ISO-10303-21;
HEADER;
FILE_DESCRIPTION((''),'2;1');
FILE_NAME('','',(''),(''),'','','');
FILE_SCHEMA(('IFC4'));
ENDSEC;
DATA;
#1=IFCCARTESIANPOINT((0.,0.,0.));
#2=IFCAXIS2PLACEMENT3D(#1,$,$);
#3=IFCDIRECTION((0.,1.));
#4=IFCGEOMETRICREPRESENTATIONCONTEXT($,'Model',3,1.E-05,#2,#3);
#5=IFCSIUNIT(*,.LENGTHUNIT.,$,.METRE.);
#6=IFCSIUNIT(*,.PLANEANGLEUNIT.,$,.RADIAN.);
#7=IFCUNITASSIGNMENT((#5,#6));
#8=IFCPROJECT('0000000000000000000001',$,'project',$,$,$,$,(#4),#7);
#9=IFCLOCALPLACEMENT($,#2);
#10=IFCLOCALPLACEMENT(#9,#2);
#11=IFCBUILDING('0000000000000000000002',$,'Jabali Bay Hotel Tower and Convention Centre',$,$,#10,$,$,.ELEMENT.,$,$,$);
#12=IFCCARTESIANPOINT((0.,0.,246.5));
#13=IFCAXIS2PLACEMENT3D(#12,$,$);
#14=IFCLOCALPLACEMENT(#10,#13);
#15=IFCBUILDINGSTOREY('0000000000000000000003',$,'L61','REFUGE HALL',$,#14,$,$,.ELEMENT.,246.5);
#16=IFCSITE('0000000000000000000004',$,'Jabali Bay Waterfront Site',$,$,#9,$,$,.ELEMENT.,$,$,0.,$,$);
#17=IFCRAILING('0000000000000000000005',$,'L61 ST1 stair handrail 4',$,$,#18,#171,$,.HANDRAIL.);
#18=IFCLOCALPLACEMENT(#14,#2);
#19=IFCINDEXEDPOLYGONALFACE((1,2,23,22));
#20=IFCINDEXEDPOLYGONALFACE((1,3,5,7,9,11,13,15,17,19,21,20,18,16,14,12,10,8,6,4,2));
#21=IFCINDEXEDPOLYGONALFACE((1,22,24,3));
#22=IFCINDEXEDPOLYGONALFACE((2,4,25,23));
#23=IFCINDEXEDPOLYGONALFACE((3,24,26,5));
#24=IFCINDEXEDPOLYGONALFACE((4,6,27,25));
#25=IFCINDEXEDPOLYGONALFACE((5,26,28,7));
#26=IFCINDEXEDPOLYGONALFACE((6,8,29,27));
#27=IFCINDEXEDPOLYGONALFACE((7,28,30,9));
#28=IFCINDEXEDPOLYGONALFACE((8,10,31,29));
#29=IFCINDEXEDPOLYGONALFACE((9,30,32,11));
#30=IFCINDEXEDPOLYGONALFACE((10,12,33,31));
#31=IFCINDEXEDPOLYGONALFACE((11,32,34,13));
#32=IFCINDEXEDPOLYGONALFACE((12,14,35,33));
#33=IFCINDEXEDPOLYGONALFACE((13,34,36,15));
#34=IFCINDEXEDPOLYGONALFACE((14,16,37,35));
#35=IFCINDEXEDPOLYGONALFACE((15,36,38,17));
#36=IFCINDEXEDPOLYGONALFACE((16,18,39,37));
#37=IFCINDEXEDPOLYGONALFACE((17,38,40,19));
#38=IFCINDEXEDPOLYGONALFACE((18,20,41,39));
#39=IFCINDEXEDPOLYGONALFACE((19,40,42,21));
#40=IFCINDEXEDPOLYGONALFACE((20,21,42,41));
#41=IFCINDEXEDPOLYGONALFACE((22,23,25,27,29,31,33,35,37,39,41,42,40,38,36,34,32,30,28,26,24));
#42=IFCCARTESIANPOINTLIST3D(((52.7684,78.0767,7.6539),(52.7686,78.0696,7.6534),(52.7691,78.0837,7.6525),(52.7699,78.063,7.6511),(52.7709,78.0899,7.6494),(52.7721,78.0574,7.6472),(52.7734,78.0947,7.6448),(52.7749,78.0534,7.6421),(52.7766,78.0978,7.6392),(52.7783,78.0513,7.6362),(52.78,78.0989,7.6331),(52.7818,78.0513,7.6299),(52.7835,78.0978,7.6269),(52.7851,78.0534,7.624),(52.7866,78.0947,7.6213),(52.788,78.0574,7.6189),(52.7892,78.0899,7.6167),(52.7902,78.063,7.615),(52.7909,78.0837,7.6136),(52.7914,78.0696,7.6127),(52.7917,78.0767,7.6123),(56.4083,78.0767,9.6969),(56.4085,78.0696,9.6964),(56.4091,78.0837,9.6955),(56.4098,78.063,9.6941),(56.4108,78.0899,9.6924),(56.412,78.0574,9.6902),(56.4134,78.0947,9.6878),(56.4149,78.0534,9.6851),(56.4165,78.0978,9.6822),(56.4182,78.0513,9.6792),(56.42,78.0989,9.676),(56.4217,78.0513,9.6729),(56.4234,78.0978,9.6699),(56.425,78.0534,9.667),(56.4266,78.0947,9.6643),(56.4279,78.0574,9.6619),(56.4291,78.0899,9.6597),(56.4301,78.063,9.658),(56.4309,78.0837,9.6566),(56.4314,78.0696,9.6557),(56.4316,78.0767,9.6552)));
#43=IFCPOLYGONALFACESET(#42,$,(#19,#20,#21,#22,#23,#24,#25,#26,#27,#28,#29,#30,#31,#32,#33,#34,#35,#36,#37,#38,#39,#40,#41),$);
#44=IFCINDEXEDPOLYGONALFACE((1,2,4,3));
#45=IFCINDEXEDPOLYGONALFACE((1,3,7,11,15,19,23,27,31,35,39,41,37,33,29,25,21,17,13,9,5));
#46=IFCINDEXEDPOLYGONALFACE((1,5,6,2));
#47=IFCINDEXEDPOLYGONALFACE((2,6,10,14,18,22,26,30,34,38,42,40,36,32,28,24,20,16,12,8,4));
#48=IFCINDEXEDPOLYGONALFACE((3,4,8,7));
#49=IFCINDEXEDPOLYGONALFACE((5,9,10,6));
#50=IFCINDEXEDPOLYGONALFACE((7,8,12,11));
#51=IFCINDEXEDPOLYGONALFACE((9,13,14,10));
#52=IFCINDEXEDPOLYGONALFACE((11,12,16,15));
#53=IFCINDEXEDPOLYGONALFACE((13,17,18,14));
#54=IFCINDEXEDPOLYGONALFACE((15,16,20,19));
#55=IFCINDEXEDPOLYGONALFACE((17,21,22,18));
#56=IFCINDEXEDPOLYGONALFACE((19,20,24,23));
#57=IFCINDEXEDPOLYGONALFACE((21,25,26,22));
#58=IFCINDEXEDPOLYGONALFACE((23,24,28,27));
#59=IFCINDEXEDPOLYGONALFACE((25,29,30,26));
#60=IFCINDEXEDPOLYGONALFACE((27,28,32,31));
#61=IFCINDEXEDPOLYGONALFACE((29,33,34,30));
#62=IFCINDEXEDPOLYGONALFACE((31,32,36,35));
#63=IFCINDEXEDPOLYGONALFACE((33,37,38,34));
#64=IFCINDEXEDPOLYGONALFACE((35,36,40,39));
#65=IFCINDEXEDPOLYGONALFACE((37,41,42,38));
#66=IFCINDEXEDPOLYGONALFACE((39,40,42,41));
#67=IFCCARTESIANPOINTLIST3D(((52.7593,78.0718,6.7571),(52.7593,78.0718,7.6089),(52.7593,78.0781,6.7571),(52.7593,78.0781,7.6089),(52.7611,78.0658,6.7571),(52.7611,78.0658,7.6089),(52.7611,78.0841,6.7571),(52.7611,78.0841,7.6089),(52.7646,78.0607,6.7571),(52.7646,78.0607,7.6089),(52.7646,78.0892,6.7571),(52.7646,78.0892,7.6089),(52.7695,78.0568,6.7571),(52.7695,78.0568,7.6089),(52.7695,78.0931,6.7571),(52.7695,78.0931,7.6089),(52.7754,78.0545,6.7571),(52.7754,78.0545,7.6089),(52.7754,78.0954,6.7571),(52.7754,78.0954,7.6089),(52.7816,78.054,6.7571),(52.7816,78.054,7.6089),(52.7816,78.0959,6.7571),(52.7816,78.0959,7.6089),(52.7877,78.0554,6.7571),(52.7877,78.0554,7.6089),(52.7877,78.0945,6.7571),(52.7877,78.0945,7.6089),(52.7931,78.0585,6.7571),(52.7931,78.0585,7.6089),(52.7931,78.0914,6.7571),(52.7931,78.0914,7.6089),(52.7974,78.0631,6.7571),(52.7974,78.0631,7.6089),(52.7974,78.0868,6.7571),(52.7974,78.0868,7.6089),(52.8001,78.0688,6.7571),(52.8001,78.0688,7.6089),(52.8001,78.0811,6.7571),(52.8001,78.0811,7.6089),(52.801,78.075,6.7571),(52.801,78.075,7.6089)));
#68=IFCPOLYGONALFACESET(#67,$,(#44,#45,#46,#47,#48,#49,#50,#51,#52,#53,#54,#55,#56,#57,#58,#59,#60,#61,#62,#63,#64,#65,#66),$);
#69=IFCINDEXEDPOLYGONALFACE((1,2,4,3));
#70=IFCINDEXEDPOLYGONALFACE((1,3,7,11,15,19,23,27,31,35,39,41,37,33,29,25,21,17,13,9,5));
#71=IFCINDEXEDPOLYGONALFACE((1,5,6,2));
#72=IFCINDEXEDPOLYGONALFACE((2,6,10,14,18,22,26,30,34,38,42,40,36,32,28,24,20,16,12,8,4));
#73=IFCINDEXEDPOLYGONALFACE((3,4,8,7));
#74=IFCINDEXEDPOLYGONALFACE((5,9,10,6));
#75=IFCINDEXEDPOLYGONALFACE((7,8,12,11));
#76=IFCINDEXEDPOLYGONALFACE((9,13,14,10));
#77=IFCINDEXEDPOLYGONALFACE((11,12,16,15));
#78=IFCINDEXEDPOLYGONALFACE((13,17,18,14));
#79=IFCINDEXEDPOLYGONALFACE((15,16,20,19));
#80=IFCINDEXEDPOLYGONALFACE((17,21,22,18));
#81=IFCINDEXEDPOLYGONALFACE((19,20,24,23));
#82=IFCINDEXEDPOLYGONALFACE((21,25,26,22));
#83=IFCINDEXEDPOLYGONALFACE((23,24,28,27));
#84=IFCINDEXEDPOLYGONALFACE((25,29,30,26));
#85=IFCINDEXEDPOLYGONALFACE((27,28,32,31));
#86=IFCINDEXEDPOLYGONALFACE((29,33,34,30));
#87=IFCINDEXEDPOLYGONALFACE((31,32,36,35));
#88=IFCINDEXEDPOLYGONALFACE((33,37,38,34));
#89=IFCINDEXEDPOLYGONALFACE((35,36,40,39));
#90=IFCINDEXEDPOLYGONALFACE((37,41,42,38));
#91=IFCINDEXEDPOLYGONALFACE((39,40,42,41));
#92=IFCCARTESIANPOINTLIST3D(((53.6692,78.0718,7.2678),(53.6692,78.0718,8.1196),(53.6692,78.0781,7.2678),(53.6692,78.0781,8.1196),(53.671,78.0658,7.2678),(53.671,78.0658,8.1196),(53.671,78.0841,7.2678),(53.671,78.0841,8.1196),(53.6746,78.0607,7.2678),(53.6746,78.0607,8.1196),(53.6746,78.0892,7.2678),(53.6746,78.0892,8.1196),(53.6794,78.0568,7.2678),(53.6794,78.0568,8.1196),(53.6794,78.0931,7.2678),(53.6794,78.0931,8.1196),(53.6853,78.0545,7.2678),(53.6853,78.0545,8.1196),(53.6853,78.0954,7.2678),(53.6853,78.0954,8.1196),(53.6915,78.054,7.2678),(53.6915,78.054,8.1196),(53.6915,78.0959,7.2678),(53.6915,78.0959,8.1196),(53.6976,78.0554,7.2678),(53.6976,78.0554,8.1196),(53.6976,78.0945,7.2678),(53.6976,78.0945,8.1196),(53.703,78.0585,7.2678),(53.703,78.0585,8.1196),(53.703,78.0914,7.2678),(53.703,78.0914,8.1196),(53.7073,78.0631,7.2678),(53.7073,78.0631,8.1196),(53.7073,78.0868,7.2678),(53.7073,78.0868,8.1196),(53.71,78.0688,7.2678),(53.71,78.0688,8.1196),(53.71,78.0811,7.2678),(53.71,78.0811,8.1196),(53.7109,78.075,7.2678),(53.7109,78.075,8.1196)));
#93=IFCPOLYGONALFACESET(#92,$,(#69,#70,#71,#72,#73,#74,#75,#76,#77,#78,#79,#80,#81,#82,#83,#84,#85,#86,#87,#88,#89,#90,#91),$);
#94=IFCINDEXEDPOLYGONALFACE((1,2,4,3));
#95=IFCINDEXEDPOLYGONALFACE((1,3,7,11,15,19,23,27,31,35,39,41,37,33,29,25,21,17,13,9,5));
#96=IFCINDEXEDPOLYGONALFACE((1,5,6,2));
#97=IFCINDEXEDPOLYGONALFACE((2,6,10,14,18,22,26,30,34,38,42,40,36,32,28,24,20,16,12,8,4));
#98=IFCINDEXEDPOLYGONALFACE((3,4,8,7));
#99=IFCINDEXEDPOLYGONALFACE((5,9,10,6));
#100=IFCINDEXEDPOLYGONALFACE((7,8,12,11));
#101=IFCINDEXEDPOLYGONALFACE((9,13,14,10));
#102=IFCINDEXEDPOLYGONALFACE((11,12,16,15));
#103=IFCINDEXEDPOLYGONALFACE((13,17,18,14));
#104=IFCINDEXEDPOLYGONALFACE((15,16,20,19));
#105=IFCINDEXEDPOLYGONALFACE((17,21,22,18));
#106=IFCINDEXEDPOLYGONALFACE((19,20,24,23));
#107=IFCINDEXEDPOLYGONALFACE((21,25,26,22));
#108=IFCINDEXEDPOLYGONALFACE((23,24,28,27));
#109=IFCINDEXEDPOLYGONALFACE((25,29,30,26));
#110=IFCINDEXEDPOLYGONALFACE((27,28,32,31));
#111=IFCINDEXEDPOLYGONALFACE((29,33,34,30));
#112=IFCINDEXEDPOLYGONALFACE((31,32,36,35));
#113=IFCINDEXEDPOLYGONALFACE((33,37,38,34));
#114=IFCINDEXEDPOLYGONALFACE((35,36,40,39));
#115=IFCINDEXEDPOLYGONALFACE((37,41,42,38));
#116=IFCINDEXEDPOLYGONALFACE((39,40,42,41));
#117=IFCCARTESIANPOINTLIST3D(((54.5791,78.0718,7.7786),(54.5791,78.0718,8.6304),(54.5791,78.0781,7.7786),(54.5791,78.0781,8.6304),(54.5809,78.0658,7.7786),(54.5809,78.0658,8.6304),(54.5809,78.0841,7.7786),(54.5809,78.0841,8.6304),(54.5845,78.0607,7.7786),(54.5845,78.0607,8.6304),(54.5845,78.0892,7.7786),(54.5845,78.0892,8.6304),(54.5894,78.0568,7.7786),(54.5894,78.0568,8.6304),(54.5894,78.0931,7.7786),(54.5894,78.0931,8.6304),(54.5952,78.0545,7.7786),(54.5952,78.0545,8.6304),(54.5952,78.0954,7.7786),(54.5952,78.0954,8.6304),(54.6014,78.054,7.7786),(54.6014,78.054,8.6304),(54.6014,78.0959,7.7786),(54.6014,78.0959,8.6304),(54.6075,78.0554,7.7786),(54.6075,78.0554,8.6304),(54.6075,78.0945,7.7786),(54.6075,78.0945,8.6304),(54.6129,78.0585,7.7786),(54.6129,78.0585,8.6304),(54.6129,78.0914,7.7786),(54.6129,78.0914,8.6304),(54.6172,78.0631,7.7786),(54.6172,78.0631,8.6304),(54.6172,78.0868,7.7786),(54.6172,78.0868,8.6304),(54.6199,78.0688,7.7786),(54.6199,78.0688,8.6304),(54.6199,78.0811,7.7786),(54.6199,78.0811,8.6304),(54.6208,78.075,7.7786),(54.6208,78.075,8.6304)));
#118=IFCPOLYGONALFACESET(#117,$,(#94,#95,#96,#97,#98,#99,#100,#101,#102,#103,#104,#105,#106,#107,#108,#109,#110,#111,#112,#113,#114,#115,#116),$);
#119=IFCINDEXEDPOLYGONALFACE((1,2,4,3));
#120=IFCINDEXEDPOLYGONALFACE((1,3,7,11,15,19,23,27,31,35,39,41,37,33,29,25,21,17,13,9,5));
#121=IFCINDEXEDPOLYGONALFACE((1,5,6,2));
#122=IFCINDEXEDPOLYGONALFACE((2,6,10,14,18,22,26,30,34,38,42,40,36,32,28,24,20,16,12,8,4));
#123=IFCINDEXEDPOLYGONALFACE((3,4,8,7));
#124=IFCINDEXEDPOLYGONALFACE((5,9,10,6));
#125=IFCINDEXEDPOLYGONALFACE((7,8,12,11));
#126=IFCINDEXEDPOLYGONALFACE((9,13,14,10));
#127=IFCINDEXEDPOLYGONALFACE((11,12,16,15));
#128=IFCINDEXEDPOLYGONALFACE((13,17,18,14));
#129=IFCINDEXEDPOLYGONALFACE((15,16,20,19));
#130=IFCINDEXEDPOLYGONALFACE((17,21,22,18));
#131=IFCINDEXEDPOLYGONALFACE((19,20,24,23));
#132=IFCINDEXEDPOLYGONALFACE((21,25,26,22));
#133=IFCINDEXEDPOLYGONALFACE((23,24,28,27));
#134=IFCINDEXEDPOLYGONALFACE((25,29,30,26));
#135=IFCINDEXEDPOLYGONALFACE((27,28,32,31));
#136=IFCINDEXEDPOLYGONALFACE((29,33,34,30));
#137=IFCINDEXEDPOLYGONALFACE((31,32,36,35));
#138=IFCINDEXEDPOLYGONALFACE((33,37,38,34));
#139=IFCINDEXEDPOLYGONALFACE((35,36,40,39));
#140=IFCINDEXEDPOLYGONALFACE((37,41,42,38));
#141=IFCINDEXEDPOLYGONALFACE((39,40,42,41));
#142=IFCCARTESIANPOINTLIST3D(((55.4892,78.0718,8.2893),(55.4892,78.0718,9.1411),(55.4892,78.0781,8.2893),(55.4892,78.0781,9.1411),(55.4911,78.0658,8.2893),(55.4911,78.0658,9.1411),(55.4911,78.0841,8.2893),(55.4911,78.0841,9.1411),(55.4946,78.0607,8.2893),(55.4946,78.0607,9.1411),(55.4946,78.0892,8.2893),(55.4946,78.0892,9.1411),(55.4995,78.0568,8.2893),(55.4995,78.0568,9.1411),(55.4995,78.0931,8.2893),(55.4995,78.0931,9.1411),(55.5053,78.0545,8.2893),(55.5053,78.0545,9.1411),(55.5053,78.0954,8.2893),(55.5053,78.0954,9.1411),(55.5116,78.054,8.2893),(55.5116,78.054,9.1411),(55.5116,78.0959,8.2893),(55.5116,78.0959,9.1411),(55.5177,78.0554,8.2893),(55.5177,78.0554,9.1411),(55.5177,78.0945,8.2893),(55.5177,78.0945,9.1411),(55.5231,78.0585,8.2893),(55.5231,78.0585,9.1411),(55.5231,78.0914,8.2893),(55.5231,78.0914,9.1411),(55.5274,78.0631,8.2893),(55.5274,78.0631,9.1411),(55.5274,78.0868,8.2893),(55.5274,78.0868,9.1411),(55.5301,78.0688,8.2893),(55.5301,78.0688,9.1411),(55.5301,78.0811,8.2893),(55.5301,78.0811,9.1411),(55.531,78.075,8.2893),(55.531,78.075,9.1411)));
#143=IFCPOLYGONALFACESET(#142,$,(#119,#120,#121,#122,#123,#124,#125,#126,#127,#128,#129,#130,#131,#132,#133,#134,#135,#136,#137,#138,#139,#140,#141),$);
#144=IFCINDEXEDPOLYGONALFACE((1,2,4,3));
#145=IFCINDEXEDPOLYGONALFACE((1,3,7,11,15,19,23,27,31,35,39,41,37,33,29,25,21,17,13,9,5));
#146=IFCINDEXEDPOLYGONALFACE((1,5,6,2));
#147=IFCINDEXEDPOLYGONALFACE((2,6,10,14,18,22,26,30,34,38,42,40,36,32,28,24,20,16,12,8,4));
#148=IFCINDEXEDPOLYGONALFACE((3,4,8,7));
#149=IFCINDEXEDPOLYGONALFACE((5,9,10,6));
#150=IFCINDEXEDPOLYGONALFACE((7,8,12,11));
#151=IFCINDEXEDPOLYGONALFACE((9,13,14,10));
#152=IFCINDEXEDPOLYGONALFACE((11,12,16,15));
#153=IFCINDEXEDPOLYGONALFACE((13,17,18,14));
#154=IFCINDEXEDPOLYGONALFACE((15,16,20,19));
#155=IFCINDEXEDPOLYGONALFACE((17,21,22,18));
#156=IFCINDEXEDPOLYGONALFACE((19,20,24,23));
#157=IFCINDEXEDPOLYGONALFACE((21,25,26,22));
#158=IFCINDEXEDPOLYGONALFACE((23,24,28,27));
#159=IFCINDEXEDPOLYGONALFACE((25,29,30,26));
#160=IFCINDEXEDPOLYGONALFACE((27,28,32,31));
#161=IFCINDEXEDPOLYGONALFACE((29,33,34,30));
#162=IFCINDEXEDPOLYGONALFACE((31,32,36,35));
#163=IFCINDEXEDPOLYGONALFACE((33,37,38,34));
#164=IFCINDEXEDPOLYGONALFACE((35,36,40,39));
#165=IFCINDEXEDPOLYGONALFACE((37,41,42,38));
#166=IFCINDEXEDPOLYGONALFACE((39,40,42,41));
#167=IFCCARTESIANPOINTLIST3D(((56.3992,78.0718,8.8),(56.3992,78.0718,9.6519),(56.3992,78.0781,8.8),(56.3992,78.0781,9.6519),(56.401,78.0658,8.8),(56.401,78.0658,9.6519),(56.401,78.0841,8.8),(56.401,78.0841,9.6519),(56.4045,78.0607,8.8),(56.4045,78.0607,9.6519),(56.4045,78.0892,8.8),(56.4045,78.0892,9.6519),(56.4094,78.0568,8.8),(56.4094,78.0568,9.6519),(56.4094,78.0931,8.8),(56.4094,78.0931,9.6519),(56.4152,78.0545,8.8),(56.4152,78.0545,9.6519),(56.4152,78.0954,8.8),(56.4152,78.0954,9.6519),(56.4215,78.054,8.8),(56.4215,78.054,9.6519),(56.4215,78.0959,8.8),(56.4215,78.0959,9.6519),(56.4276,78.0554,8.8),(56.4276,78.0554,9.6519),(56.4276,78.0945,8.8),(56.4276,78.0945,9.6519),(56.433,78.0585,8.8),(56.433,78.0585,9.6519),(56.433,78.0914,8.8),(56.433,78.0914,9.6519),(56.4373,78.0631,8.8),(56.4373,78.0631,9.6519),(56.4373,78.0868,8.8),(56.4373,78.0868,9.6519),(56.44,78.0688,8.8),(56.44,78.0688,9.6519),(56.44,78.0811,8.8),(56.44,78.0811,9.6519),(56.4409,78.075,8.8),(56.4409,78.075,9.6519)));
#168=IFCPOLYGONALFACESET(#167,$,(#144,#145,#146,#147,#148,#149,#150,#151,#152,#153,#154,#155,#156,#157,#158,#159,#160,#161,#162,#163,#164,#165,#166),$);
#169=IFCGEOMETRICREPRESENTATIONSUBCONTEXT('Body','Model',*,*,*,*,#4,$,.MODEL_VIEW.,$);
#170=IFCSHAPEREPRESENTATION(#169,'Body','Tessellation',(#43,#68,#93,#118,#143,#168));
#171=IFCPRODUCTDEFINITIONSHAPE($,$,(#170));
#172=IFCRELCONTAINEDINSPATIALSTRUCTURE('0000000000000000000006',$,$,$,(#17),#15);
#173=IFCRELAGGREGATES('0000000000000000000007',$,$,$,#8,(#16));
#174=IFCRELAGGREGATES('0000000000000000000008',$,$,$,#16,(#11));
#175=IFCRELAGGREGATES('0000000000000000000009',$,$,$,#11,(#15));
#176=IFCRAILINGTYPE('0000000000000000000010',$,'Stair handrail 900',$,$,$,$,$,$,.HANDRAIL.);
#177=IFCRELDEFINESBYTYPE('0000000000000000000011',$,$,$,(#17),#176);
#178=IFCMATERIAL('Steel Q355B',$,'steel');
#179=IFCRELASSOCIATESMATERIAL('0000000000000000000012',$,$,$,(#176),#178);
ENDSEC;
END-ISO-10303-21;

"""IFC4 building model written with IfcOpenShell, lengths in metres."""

from ifc_helpers import new_model, si_unit, direction, frame, origin, origin_2d, place, context, subcontext, project, spatial, circle, extrude, material, type_object, element, save


model = new_model("IFC4")

# Units and contexts
model_context = context("Model", 3, precision=1e-05, world=origin(), true_north=direction((0.0, 1.0)))
body_context = subcontext(model_context, "Body", "Model", "MODEL_VIEW")
ifc_project = project(units=[si_unit("LENGTHUNIT", "METRE"), si_unit("PLANEANGLEUNIT", "RADIAN")], contexts=[model_context])

# Site, building, storey
site_placement = place(None, origin())
site = spatial("IfcSite", under=ifc_project, at=site_placement, Name="Jabali Bay Waterfront Site", CompositionType="ELEMENT", RefElevation=0.0)
building_placement = place(site_placement, origin())
building = spatial("IfcBuilding", under=site, at=building_placement, Name="Jabali Bay Hotel Tower and Convention Centre", CompositionType="ELEMENT")
storey_placement = place(building_placement, frame((0.0, 0.0, 246.5)))
storey = spatial("IfcBuildingStorey", under=building, at=storey_placement, Name="L61", Description="REFUGE HALL", CompositionType="ELEMENT", Elevation=246.5)

# Railing
ifc_material_1 = material(Name="Steel Q355B", Category="steel")
railing_type_1 = type_object("IfcRailingType", Name="Stair handrail 900", PredefinedType="HANDRAIL", material=ifc_material_1)
railing_1_placement = place(storey_placement, frame((52.78, 78.075, 6.7571)))
element("IfcRailing", 1, at=railing_1_placement, inside=storey, type_object=railing_type_1, Name="L61 ST1 stair handrail 4", PredefinedType="HANDRAIL", context=body_context, shape_type="SweptSolid", body=[
    extrude(circle(Radius=0.0239, at=origin_2d()), frame((0.0, 0.0, 0.876), z_axis=(0.872033, 0.0, 0.489447), x_axis=(0.0, 1.0, 0.0)), (0.0, 0.0, 1.0), 4.1741),
    extrude(circle(Radius=0.021, at=origin_2d()), origin(), (0.0, 0.0, 1.0), 0.8518),
    extrude(circle(Radius=0.021, at=origin_2d()), frame((0.9099, 0.0, 0.5107)), (0.0, 0.0, 1.0), 0.8518),
    extrude(circle(Radius=0.021, at=origin_2d()), frame((1.8198, 0.0, 1.0215)), (0.0, 0.0, 1.0), 0.8518),
    extrude(circle(Radius=0.021, at=origin_2d()), frame((2.73, 0.0, 1.5322)), (0.0, 0.0, 1.0), 0.8518),
    extrude(circle(Radius=0.021, at=origin_2d()), frame((3.6399, 0.0, 2.043)), (0.0, 0.0, 1.0), 0.8518),
])

save(model, "model.ifc")
